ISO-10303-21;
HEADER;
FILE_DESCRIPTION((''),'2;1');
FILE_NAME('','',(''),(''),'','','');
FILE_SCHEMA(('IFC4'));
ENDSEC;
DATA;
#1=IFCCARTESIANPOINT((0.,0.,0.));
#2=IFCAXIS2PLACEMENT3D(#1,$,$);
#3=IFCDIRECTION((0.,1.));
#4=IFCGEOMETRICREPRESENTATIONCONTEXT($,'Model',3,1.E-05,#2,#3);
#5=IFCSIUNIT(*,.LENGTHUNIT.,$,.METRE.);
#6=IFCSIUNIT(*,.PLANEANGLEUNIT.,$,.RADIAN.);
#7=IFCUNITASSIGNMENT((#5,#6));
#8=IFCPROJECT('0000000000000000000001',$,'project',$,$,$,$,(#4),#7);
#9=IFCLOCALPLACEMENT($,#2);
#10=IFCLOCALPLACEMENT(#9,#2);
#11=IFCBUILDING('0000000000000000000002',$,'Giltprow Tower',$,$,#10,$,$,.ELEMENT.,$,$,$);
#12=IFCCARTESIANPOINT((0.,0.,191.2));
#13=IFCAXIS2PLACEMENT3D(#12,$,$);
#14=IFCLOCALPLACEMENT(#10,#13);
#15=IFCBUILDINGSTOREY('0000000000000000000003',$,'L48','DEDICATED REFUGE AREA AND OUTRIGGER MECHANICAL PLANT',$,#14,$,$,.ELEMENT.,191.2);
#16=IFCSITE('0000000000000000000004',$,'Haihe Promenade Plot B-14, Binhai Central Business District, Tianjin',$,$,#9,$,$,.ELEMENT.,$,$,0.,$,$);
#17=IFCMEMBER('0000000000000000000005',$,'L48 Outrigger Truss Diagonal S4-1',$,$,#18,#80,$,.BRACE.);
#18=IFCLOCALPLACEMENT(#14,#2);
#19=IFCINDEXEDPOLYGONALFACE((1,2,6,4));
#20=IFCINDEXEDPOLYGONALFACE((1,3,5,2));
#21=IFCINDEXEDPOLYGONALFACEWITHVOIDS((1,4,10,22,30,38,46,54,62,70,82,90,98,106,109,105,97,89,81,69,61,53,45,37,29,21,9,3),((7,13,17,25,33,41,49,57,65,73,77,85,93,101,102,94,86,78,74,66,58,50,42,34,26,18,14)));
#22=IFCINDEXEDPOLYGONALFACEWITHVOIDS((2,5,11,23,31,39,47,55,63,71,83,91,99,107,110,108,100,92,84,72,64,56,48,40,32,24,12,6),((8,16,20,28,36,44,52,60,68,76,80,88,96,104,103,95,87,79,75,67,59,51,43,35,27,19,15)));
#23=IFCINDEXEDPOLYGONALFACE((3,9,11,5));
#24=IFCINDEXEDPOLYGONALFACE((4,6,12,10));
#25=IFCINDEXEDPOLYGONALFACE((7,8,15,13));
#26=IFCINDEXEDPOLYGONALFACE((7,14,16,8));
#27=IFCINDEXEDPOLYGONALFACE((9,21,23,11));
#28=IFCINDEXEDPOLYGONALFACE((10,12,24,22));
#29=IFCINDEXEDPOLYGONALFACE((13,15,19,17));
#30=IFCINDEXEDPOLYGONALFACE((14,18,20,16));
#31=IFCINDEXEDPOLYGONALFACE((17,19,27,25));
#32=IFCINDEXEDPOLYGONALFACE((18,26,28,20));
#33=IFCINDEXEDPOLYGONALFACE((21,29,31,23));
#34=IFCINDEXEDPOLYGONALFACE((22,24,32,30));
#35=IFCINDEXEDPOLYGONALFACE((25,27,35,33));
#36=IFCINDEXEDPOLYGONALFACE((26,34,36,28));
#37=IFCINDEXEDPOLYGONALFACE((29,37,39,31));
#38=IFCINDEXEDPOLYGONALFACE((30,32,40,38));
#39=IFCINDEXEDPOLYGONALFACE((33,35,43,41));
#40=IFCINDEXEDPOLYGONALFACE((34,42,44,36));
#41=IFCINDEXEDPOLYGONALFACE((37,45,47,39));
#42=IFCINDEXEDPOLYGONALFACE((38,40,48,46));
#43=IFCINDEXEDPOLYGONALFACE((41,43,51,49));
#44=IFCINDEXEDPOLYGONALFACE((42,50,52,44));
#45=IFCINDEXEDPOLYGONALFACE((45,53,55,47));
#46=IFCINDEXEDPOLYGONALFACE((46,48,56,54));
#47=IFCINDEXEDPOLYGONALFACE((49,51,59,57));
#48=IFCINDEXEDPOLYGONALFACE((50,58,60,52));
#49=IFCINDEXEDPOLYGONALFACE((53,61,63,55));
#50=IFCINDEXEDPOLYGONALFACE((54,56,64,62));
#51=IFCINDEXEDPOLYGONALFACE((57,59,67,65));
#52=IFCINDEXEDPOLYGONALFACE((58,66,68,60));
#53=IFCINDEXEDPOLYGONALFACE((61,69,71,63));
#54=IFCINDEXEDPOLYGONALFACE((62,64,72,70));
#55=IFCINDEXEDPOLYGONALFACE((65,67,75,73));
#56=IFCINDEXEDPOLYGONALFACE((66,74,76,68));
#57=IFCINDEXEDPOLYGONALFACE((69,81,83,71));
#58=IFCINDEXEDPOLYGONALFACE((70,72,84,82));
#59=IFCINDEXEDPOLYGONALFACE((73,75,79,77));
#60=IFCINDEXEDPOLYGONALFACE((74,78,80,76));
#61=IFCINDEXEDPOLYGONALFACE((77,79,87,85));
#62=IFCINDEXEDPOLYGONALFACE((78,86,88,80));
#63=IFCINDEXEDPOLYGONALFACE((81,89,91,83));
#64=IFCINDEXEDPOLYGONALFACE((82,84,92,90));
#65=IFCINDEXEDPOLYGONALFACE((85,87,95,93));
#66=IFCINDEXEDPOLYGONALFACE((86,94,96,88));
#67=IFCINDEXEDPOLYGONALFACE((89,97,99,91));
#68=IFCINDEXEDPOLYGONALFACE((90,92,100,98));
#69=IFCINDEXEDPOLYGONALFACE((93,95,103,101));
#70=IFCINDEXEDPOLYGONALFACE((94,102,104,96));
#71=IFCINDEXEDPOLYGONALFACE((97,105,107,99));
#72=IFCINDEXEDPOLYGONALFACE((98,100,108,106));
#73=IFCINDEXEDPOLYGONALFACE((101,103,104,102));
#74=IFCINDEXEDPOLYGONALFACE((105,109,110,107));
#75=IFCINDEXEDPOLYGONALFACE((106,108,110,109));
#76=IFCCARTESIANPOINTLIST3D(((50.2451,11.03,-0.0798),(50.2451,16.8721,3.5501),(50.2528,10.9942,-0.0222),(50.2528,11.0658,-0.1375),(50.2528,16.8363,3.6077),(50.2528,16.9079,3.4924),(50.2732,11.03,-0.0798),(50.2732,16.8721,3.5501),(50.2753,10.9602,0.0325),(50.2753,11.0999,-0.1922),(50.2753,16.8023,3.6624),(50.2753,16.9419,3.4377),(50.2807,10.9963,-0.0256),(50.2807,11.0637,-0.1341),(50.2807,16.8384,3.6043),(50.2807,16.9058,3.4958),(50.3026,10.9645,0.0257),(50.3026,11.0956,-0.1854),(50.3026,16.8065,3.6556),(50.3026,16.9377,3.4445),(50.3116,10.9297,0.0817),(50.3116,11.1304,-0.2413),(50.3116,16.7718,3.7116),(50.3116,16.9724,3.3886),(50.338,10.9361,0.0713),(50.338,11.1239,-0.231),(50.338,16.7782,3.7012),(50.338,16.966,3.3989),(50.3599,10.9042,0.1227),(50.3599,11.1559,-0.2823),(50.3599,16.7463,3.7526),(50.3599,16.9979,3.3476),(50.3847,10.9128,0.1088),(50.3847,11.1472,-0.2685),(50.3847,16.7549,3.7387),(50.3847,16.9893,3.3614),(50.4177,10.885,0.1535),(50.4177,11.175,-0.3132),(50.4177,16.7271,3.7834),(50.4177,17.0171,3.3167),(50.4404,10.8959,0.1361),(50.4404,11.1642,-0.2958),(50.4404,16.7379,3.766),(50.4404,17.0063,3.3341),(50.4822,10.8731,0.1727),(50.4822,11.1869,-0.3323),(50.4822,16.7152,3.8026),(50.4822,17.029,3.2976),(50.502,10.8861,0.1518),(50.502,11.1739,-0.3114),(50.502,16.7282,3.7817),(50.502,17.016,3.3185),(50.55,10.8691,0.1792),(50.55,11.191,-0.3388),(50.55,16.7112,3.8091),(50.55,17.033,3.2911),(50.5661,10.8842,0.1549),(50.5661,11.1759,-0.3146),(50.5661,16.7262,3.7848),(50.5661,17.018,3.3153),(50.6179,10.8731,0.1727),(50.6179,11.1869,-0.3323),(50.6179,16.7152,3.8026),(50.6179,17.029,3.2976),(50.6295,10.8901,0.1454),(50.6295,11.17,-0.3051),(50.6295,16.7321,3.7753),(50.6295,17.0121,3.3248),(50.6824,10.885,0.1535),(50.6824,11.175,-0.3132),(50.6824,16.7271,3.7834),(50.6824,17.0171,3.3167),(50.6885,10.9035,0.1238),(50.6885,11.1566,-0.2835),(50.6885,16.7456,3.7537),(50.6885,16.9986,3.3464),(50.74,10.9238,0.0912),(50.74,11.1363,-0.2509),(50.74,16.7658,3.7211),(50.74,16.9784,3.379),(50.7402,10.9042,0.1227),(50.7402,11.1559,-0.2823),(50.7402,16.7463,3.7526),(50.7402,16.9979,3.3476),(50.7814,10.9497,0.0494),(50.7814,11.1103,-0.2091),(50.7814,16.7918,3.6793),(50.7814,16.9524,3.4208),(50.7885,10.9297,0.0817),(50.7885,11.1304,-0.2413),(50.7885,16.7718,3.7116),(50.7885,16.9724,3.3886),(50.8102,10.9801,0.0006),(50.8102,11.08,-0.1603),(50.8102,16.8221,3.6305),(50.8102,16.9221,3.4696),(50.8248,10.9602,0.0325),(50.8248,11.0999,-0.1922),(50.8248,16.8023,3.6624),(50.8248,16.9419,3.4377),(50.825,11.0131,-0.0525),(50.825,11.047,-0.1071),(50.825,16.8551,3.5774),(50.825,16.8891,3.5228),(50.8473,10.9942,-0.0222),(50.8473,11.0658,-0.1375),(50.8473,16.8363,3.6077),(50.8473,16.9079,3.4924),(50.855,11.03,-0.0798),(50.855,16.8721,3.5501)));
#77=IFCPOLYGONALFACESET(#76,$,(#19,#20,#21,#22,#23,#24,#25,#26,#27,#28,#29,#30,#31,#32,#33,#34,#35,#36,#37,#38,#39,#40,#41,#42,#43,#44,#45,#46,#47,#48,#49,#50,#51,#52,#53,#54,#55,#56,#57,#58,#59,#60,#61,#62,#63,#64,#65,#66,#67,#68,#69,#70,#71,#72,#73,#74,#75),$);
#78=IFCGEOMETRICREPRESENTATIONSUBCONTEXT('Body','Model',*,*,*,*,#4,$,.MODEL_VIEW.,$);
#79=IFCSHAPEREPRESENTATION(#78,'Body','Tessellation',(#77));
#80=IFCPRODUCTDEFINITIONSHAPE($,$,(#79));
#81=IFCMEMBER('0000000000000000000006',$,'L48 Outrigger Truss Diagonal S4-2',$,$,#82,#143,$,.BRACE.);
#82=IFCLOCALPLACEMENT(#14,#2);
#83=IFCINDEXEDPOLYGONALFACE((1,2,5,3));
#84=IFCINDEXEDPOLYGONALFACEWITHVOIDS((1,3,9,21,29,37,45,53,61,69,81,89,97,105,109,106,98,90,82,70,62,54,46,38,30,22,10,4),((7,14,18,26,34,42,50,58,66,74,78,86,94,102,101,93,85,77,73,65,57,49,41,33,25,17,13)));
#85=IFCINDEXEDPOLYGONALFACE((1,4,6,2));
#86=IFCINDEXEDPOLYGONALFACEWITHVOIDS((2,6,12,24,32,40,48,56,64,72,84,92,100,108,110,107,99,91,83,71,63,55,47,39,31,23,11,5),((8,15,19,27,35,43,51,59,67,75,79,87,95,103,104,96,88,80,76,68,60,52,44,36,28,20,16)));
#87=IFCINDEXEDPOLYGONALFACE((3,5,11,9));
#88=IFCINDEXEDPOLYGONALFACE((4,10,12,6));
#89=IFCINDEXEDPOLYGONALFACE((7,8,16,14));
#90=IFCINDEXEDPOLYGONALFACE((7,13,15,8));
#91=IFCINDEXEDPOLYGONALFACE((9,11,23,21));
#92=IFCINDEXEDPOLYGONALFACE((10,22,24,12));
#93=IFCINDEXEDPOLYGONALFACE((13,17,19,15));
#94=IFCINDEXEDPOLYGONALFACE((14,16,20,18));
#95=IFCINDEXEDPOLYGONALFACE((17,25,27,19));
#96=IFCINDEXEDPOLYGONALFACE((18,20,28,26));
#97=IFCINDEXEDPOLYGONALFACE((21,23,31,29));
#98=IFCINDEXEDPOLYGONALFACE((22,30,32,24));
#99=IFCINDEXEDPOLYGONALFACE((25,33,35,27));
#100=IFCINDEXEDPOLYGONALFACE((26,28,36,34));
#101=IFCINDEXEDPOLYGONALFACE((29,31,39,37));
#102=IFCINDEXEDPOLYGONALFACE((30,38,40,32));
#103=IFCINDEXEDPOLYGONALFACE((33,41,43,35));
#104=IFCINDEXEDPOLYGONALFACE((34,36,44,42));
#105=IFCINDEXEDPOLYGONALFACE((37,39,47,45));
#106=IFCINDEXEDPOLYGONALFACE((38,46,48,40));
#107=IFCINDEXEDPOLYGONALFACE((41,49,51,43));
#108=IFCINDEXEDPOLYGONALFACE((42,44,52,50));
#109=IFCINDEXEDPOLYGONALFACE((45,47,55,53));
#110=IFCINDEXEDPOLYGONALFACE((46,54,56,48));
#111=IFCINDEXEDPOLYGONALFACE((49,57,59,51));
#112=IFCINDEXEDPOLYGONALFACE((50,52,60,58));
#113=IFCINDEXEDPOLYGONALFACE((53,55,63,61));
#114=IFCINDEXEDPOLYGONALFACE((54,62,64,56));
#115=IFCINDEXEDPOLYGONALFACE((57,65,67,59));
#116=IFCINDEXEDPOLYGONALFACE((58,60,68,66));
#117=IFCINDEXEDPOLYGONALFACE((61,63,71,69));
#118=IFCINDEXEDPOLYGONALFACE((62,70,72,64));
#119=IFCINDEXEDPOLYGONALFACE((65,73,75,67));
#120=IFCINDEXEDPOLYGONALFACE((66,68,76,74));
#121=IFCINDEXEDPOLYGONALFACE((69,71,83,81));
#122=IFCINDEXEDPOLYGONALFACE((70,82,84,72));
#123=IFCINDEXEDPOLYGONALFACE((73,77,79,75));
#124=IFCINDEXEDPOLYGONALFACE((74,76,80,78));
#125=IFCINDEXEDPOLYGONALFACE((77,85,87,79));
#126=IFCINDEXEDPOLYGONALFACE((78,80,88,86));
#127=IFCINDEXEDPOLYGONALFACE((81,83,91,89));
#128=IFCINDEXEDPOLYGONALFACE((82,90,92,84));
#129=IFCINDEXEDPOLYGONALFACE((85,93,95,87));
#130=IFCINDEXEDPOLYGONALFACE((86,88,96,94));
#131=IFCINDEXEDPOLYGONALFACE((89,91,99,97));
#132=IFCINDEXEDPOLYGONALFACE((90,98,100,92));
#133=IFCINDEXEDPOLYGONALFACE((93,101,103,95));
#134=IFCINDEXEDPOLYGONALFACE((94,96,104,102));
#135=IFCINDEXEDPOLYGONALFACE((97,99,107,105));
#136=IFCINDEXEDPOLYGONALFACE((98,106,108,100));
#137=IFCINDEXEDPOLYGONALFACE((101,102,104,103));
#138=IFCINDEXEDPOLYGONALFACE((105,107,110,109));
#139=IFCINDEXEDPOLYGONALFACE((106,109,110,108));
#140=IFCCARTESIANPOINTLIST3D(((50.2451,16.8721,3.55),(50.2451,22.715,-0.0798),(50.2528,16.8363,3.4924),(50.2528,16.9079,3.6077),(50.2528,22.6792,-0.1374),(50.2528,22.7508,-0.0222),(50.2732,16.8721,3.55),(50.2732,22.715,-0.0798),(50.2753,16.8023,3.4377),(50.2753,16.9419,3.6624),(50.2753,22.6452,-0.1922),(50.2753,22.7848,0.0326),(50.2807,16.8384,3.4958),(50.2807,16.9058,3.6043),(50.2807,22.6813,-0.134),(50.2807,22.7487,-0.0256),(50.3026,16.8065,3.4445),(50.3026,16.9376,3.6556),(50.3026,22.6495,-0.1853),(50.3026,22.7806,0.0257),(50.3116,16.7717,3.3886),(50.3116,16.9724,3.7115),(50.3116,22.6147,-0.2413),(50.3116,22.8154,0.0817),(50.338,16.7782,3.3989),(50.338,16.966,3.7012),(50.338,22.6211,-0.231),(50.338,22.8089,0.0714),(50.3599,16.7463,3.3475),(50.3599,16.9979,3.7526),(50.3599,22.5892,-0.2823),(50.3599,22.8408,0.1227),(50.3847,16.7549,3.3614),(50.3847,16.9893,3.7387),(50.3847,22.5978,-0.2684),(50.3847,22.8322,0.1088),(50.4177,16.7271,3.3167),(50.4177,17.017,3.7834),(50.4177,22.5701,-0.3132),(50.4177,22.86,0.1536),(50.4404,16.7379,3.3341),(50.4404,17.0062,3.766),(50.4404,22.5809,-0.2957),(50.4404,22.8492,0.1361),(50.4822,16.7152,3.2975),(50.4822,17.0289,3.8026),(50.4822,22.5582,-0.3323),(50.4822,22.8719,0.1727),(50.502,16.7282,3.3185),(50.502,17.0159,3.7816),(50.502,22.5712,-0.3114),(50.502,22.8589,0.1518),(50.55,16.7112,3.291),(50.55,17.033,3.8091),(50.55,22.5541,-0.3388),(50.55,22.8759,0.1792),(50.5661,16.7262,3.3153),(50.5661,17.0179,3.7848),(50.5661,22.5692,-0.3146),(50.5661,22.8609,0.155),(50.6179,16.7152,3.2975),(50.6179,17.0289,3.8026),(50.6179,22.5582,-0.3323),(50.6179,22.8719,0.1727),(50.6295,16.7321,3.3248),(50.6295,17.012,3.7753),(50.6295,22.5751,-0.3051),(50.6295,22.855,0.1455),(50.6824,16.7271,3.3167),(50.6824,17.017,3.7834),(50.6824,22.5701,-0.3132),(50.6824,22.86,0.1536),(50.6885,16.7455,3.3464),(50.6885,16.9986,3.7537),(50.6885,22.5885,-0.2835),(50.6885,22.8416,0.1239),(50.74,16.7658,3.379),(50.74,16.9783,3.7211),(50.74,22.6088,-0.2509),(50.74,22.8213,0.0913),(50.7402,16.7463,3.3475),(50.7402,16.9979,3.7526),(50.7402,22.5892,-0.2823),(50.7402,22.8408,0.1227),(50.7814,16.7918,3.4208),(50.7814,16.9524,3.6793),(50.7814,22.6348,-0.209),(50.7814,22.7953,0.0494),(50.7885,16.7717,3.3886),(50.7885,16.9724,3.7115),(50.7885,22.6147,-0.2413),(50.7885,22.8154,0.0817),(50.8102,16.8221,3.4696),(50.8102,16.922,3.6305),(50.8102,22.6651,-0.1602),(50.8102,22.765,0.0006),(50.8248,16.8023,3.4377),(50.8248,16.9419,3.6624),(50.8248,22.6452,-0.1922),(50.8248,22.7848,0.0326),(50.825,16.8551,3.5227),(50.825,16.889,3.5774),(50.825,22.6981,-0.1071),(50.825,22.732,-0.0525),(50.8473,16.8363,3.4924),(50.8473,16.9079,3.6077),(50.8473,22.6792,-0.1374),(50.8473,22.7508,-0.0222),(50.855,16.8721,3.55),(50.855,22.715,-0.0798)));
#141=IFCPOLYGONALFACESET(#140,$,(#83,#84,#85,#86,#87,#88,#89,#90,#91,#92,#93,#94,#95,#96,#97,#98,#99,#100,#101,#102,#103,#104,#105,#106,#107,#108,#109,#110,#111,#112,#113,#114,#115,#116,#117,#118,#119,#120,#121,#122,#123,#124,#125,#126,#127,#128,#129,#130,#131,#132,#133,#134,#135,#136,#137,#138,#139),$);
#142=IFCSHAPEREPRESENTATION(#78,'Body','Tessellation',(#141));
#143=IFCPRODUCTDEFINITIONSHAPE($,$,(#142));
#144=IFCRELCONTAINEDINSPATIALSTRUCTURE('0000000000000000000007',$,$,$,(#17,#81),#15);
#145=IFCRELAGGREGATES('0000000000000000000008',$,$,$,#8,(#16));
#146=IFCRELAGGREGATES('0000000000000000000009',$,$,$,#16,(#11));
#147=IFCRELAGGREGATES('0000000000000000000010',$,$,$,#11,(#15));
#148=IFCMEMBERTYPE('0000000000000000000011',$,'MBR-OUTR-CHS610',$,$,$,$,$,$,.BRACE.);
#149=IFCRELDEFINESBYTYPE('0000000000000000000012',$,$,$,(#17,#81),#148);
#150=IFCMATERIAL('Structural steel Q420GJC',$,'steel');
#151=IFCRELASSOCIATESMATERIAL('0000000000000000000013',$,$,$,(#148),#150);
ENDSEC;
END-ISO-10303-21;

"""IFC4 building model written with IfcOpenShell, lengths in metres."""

from ifc_helpers import new_model, si_unit, direction, frame, origin, origin_2d, place, context, subcontext, project, spatial, hollow_circle, extrude, source, transform, mapped, material, material_profile, profile_set, type_object, element, save


model = new_model("IFC4")

# Units and contexts
model_context = context("Model", 3, precision=1e-05, world=origin(), true_north=direction((0.0, 1.0)))
body_context = subcontext(model_context, "Body", "Model", "MODEL_VIEW")
ifc_project = project(units=[si_unit("LENGTHUNIT", "METRE"), si_unit("PLANEANGLEUNIT", "RADIAN")], contexts=[model_context])

# Site, building, storey
site_placement = place(None, origin())
site = spatial("IfcSite", under=ifc_project, at=site_placement, Name="Haihe Promenade Plot B-14, Binhai Central Business District, Tianjin", CompositionType="ELEMENT", RefElevation=0.0)
building_placement = place(site_placement, origin())
building = spatial("IfcBuilding", under=site, at=building_placement, Name="Giltprow Tower", CompositionType="ELEMENT")
storey_placement = place(building_placement, frame((0.0, 0.0, 191.2)))
storey = spatial("IfcBuildingStorey", under=building, at=storey_placement, Name="L48", Description="DEDICATED REFUGE AREA AND OUTRIGGER MECHANICAL PLANT", CompositionType="ELEMENT", Elevation=191.2)

# Shared definitions
ifc_material_1 = material(Name="Structural steel Q420GJC", Category="steel")

# Members
ifc_material_profile_1 = material_profile(ifc_material_1, hollow_circle(Radius=0.3049, WallThickness=0.0281, at=origin_2d()), Name="CHS 610x28")
ifc_profile_set_1 = profile_set([ifc_material_profile_1], Name="Structural steel Q420GJC")
member_type_1 = type_object("IfcMemberType", Name="MBR-OUTR-CHS610", PredefinedType="BRACE", material=ifc_profile_set_1)
shared_shape_1 = source(origin(), body_context, "Body", "SweptSolid", [
    extrude(hollow_circle(Radius=0.3049, WallThickness=0.0281, at=origin_2d()), origin(), (0.0, 0.0, 1.0), 6.8779),
])
member_1_placement = place(storey_placement, frame((50.55, 11.03, -0.0798), z_axis=(0.0, 0.849393, 0.52776), x_axis=(-1.0, 0.0, 0.0)))
element("IfcMember", 1, at=member_1_placement, inside=storey, type_object=member_type_1, Name="L48 Outrigger Truss Diagonal S4-1", PredefinedType="BRACE", context=body_context, shape_type="MappedRepresentation", body=[
    mapped(shared_shape_1, transform((0.0, 0.0, 0.0), x_axis=(1.0, 0.0, 0.0), y_axis=(0.0, 1.0, 0.0), z_axis=(0.0, 0.0, 1.0), scale=1.0)),
])
shared_shape_2 = source(origin(), body_context, "Body", "SweptSolid", [
    extrude(hollow_circle(Radius=0.3049, WallThickness=0.0281, at=origin_2d()), origin(), (0.0, 0.0, 1.0), 6.8787),
])
member_2_placement = place(storey_placement, frame((50.55, 16.8721, 3.55), z_axis=(0.0, 0.849433, -0.527697), x_axis=(-1.0, 0.0, 0.0)))
element("IfcMember", 2, at=member_2_placement, inside=storey, type_object=member_type_1, Name="L48 Outrigger Truss Diagonal S4-2", PredefinedType="BRACE", context=body_context, shape_type="MappedRepresentation", body=[
    mapped(shared_shape_2, transform((0.0, 0.0, 0.0), x_axis=(1.0, 0.0, 0.0), y_axis=(0.0, 1.0, 0.0), z_axis=(0.0, 0.0, 1.0), scale=1.0)),
])

save(model, "model.ifc")
